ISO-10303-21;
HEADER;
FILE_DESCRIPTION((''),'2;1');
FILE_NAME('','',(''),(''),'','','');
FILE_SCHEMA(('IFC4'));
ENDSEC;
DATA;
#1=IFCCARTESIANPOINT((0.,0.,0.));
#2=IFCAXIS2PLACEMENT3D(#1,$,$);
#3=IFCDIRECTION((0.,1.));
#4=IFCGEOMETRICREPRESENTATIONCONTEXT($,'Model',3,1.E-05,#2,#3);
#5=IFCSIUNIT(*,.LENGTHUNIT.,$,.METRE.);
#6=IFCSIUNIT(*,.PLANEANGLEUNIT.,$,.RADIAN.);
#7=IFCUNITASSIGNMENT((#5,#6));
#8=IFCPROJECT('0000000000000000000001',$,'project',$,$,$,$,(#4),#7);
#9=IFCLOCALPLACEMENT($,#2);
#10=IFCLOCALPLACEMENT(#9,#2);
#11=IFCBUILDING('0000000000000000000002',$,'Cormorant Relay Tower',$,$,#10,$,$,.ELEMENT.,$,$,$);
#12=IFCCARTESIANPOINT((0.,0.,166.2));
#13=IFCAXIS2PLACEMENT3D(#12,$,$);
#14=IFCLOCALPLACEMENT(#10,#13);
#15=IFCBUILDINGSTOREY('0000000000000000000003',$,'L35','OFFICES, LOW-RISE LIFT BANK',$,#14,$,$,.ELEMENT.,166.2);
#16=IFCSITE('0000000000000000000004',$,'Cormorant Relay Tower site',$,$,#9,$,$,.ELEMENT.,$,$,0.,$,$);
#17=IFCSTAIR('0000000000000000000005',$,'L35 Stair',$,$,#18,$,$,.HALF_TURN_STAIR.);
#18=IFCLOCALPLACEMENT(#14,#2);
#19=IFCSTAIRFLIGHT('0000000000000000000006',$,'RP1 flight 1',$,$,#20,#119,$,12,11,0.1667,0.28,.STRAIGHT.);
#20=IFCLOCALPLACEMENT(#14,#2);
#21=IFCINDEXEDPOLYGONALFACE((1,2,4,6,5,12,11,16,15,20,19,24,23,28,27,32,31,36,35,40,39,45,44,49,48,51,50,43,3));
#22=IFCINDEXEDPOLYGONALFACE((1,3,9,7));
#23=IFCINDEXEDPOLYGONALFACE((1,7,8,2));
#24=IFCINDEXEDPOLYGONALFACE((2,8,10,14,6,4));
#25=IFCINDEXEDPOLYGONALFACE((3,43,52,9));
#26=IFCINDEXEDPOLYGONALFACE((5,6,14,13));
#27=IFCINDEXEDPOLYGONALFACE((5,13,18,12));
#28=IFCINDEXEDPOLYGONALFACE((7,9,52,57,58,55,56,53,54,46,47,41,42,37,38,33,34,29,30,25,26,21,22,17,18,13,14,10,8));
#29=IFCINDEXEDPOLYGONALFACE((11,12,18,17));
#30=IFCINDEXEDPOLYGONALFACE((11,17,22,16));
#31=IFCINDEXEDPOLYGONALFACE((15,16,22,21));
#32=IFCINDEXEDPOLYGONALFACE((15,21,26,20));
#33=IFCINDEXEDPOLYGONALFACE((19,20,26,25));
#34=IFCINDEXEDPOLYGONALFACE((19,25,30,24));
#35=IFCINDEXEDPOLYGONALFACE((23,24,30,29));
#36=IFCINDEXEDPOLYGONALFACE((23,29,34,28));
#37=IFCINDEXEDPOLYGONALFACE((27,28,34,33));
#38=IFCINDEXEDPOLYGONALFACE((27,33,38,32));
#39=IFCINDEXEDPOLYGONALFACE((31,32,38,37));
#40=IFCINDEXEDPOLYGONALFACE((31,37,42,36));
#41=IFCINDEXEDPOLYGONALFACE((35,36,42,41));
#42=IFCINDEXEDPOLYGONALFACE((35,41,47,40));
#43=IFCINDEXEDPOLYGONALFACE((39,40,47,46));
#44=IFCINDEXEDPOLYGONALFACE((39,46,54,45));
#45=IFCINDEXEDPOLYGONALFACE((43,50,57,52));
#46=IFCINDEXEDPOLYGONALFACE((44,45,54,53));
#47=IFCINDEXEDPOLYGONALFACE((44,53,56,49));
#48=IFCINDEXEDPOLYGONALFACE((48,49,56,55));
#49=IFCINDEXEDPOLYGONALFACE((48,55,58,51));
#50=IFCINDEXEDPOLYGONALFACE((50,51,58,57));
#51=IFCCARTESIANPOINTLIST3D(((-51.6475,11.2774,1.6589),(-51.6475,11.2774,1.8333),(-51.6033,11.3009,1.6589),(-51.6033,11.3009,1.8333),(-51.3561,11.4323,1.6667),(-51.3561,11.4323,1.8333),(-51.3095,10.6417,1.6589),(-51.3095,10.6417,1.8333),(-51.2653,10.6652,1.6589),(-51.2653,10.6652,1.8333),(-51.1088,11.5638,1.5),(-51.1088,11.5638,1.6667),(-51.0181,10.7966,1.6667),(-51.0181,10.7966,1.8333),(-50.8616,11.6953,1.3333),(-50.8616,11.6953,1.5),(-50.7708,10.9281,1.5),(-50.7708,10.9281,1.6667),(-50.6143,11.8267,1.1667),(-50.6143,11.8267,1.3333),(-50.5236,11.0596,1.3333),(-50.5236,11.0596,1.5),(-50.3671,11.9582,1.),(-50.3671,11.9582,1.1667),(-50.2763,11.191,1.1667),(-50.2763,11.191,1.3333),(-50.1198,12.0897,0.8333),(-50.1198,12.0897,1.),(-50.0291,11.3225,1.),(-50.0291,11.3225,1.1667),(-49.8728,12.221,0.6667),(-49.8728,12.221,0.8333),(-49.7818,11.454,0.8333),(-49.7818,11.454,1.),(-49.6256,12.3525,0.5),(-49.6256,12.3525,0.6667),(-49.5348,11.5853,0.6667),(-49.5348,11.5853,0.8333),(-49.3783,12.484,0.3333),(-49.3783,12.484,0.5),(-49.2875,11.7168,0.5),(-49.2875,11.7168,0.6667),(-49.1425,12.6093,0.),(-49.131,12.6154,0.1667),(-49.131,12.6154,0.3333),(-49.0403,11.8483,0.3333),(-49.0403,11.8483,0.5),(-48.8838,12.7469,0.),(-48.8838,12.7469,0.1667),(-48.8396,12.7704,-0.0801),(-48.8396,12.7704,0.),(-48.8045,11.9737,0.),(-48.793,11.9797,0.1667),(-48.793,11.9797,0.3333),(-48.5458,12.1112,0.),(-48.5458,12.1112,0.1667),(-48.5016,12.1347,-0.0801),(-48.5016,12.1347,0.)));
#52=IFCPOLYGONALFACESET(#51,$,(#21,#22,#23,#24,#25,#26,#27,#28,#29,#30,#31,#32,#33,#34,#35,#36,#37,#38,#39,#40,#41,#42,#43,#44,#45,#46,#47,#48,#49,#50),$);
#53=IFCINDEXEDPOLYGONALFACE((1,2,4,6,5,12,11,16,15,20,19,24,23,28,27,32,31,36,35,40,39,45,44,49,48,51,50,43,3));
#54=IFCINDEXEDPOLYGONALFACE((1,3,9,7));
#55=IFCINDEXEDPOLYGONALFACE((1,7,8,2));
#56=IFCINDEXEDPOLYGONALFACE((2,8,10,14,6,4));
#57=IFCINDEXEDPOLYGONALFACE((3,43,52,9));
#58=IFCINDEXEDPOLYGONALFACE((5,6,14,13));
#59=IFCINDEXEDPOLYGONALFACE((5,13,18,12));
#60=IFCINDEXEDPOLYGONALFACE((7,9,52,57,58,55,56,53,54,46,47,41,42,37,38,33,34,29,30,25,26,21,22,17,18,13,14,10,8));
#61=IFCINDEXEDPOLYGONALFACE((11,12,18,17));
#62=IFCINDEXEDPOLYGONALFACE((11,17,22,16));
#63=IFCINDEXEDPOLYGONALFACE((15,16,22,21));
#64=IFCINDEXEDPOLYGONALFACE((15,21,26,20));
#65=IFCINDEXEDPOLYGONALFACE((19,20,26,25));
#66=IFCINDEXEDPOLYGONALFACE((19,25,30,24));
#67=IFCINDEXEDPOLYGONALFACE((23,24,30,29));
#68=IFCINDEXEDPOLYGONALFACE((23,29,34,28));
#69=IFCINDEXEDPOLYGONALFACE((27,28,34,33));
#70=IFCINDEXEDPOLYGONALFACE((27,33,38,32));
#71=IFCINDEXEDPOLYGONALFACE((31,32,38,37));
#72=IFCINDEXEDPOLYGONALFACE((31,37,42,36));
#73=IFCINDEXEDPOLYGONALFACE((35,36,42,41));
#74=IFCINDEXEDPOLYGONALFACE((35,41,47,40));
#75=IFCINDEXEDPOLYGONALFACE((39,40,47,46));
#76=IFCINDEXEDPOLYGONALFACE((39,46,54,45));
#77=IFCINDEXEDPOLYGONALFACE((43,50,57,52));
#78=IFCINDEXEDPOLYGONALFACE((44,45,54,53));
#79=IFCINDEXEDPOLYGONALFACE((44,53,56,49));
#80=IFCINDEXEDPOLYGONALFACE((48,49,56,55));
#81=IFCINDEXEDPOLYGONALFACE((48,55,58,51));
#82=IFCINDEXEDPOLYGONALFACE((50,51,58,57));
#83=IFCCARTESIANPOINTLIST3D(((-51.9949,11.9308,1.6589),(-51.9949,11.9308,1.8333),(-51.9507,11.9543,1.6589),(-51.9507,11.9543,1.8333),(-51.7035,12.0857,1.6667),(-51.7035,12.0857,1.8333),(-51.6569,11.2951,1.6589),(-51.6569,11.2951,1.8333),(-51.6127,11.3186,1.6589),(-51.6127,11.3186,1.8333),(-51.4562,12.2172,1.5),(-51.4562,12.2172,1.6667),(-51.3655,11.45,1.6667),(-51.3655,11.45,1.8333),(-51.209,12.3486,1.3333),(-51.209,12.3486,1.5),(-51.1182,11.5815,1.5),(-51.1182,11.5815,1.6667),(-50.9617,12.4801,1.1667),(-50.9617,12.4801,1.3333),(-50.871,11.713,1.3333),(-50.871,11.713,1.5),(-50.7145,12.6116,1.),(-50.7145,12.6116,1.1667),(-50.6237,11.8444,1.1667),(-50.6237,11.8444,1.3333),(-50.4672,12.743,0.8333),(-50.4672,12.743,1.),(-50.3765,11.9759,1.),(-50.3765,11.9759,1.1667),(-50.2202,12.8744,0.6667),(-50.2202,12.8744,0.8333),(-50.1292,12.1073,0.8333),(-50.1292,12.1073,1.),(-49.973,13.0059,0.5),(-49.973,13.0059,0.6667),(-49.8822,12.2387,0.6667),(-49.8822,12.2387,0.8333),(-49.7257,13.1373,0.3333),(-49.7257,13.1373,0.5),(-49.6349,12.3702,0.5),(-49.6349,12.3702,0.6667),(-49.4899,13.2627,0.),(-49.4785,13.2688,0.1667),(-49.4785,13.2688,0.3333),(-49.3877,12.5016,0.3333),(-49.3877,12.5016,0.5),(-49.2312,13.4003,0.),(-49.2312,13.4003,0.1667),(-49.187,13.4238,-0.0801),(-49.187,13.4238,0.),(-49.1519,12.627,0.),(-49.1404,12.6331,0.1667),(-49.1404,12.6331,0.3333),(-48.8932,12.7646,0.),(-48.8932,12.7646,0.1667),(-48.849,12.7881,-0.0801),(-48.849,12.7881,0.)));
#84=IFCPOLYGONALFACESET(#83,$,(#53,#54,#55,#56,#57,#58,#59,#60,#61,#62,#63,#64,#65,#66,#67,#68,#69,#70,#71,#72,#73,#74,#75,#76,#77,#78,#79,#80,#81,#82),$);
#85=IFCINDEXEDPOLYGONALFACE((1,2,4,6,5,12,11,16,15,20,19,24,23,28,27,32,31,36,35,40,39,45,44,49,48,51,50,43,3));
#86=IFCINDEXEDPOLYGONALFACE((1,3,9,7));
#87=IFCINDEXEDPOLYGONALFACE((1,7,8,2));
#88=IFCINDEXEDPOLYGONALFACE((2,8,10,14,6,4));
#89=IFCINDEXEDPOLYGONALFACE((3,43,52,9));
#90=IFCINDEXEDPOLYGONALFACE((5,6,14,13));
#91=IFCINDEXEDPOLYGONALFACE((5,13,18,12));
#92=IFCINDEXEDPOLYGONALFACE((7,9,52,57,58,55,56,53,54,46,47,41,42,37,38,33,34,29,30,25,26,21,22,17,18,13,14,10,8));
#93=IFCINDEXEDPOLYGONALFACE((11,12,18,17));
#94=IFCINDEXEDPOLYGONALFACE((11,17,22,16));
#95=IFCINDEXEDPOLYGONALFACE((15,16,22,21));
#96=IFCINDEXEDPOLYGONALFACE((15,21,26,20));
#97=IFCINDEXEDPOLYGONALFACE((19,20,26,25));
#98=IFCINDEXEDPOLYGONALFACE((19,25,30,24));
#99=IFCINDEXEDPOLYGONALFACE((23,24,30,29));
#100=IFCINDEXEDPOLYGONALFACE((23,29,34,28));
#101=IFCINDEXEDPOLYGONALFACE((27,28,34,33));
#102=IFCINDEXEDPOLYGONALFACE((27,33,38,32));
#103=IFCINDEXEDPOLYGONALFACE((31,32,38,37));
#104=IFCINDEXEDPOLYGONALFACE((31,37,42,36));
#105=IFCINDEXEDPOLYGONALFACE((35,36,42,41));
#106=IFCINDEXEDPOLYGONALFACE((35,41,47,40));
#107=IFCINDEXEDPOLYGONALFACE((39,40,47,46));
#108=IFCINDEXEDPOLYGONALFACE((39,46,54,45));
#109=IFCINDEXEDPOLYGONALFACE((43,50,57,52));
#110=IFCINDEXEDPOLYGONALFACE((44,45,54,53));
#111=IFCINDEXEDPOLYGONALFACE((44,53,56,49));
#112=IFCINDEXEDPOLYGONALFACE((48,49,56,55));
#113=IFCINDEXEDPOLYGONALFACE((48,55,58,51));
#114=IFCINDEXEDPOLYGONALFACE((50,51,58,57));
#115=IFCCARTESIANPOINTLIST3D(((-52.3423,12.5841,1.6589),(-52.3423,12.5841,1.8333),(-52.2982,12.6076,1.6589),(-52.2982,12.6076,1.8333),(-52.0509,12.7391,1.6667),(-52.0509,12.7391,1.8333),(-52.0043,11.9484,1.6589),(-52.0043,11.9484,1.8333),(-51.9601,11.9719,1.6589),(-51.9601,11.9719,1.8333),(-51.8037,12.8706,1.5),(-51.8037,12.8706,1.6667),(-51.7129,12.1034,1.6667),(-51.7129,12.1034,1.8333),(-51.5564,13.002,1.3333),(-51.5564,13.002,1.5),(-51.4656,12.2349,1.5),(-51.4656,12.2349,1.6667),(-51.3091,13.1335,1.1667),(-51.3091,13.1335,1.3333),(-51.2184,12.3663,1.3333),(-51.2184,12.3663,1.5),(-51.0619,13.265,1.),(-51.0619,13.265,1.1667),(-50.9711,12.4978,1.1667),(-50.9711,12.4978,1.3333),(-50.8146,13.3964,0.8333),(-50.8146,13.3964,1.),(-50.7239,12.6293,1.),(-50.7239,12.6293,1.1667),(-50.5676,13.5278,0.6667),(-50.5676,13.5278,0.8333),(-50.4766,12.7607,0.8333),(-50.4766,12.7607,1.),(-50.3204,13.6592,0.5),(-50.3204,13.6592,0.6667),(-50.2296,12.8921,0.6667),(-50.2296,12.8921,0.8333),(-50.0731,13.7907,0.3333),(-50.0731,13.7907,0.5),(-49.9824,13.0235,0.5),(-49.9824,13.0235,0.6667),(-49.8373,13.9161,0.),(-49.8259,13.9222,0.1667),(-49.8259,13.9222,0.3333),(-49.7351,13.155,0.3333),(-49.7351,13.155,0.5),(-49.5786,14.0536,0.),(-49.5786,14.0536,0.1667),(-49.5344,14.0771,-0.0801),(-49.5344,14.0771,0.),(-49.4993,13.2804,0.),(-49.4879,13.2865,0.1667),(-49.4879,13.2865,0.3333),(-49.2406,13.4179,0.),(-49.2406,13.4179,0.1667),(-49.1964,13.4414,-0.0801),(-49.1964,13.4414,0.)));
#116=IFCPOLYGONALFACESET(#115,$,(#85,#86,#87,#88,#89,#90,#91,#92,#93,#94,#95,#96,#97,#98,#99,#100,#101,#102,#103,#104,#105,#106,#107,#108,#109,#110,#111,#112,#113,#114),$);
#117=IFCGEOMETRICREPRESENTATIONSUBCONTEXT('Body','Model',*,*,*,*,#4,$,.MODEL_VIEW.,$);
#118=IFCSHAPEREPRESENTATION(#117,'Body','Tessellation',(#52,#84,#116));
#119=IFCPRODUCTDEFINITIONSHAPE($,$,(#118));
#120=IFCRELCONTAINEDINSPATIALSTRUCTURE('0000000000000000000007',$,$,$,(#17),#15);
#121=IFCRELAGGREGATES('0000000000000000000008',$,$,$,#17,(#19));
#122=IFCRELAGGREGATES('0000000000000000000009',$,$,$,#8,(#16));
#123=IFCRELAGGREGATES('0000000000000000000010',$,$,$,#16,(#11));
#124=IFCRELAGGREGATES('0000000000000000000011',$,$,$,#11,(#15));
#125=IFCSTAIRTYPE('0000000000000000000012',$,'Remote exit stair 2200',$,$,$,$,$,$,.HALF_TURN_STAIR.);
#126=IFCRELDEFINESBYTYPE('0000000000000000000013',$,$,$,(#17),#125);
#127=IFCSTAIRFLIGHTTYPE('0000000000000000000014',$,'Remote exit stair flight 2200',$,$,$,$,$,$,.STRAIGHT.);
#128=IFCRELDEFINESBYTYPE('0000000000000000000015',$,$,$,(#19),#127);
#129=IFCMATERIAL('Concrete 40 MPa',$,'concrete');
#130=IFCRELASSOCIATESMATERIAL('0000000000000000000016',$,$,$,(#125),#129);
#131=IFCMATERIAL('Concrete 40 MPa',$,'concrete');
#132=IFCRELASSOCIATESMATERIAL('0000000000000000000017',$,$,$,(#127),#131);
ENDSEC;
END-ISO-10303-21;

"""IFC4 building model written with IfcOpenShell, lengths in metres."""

from ifc_helpers import new_model, si_unit, direction, frame, origin, place, context, subcontext, project, spatial, polyline, outline, extrude, material, type_object, element, aggregate, save


model = new_model("IFC4")

# Units and contexts
model_context = context("Model", 3, precision=1e-05, world=origin(), true_north=direction((0.0, 1.0)))
body_context = subcontext(model_context, "Body", "Model", "MODEL_VIEW")
ifc_project = project(units=[si_unit("LENGTHUNIT", "METRE"), si_unit("PLANEANGLEUNIT", "RADIAN")], contexts=[model_context])

# Site, building, storey
site_placement = place(None, origin())
site = spatial("IfcSite", under=ifc_project, at=site_placement, Name="Cormorant Relay Tower site", CompositionType="ELEMENT", RefElevation=0.0)
building_placement = place(site_placement, origin())
building = spatial("IfcBuilding", under=site, at=building_placement, Name="Cormorant Relay Tower", CompositionType="ELEMENT")
storey_placement = place(building_placement, frame((0.0, 0.0, 166.2)))
storey = spatial("IfcBuildingStorey", under=building, at=storey_placement, Name="L35", Description="OFFICES, LOW-RISE LIFT BANK", CompositionType="ELEMENT", Elevation=166.2)

# Stair, stair flight
ifc_material_1 = material(Name="Concrete 40 MPa", Category="concrete")
stair_type = type_object("IfcStairType", Name="Remote exit stair 2200", PredefinedType="HALF_TURN_STAIR", material=ifc_material_1)
stair_placement = place(storey_placement, origin())
stair = element("IfcStair", 1, at=stair_placement, inside=storey, type_object=stair_type, Name="L35 Stair", PredefinedType="HALF_TURN_STAIR")
ifc_material_2 = material(Name="Concrete 40 MPa", Category="concrete")
stair_flight_type = type_object("IfcStairFlightType", Name="Remote exit stair flight 2200", PredefinedType="STRAIGHT", material=ifc_material_2)
stair_flight_1_placement = place(storey_placement, frame((-49.0623, 13.0825, 0.0), z_axis=(0.0, 0.0, 1.0), x_axis=(-0.882948, -0.469472, 0.0)))
stair_flight_1 = element("IfcStairFlight", 2, at=stair_flight_1_placement, type_object=stair_flight_type, Name="RP1 flight 1", NumberOfRisers=12, NumberOfTreads=11, PredefinedType="STRAIGHT", RiserHeight=0.1667, TreadLength=0.28, context=body_context, shape_type="SweptSolid", body=[
    extrude(outline(polyline([(-0.05, -0.0801), (-0.05, 0.0), (0.0, 0.0), (0.0, 0.1667), (0.28, 0.1667), (0.28, 0.3333), (0.5601, 0.3333), (0.5601, 0.5), (0.8401, 0.5), (0.8401, 0.6667), (1.1201, 0.6667), (1.1201, 0.8333), (1.3999, 0.8333), (1.3999, 1.0), (1.6799, 1.0), (1.6799, 1.1667), (1.96, 1.1667), (1.96, 1.3333), (2.24, 1.3333), (2.24, 1.5), (2.52, 1.5), (2.52, 1.6667), (2.8, 1.6667), (2.8, 1.8333), (3.0801, 1.8333), (3.1301, 1.8333), (3.1301, 1.6589), (3.0801, 1.6589), (0.293, 0.0), (-0.05, -0.0801)])), frame((0.0, 1.1001, 0.0), z_axis=(0.0, -1.0, 0.0), x_axis=(1.0, 0.0, 0.0)), (0.0, 0.0, 1.0), 0.72),
    extrude(outline(polyline([(-0.05, -0.0801), (-0.05, 0.0), (0.0, 0.0), (0.0, 0.1667), (0.28, 0.1667), (0.28, 0.3333), (0.5601, 0.3333), (0.5601, 0.5), (0.8401, 0.5), (0.8401, 0.6667), (1.1201, 0.6667), (1.1201, 0.8333), (1.3999, 0.8333), (1.3999, 1.0), (1.6799, 1.0), (1.6799, 1.1667), (1.96, 1.1667), (1.96, 1.3333), (2.24, 1.3333), (2.24, 1.5), (2.52, 1.5), (2.52, 1.6667), (2.8, 1.6667), (2.8, 1.8333), (3.0801, 1.8333), (3.1301, 1.8333), (3.1301, 1.6589), (3.0801, 1.6589), (0.293, 0.0), (-0.05, -0.0801)])), frame((0.0, 0.3601, 0.0), z_axis=(0.0, -1.0, 0.0), x_axis=(1.0, 0.0, 0.0)), (0.0, 0.0, 1.0), 0.72),
    extrude(outline(polyline([(-0.05, -0.0801), (-0.05, 0.0), (0.0, 0.0), (0.0, 0.1667), (0.28, 0.1667), (0.28, 0.3333), (0.5601, 0.3333), (0.5601, 0.5), (0.8401, 0.5), (0.8401, 0.6667), (1.1201, 0.6667), (1.1201, 0.8333), (1.3999, 0.8333), (1.3999, 1.0), (1.6799, 1.0), (1.6799, 1.1667), (1.96, 1.1667), (1.96, 1.3333), (2.24, 1.3333), (2.24, 1.5), (2.52, 1.5), (2.52, 1.6667), (2.8, 1.6667), (2.8, 1.8333), (3.0801, 1.8333), (3.1301, 1.8333), (3.1301, 1.6589), (3.0801, 1.6589), (0.293, 0.0), (-0.05, -0.0801)])), frame((0.0, -0.3799, 0.0), z_axis=(0.0, -1.0, 0.0), x_axis=(1.0, 0.0, 0.0)), (0.0, 0.0, 1.0), 0.72),
])
aggregate(stair, [stair_flight_1])

save(model, "model.ifc")
